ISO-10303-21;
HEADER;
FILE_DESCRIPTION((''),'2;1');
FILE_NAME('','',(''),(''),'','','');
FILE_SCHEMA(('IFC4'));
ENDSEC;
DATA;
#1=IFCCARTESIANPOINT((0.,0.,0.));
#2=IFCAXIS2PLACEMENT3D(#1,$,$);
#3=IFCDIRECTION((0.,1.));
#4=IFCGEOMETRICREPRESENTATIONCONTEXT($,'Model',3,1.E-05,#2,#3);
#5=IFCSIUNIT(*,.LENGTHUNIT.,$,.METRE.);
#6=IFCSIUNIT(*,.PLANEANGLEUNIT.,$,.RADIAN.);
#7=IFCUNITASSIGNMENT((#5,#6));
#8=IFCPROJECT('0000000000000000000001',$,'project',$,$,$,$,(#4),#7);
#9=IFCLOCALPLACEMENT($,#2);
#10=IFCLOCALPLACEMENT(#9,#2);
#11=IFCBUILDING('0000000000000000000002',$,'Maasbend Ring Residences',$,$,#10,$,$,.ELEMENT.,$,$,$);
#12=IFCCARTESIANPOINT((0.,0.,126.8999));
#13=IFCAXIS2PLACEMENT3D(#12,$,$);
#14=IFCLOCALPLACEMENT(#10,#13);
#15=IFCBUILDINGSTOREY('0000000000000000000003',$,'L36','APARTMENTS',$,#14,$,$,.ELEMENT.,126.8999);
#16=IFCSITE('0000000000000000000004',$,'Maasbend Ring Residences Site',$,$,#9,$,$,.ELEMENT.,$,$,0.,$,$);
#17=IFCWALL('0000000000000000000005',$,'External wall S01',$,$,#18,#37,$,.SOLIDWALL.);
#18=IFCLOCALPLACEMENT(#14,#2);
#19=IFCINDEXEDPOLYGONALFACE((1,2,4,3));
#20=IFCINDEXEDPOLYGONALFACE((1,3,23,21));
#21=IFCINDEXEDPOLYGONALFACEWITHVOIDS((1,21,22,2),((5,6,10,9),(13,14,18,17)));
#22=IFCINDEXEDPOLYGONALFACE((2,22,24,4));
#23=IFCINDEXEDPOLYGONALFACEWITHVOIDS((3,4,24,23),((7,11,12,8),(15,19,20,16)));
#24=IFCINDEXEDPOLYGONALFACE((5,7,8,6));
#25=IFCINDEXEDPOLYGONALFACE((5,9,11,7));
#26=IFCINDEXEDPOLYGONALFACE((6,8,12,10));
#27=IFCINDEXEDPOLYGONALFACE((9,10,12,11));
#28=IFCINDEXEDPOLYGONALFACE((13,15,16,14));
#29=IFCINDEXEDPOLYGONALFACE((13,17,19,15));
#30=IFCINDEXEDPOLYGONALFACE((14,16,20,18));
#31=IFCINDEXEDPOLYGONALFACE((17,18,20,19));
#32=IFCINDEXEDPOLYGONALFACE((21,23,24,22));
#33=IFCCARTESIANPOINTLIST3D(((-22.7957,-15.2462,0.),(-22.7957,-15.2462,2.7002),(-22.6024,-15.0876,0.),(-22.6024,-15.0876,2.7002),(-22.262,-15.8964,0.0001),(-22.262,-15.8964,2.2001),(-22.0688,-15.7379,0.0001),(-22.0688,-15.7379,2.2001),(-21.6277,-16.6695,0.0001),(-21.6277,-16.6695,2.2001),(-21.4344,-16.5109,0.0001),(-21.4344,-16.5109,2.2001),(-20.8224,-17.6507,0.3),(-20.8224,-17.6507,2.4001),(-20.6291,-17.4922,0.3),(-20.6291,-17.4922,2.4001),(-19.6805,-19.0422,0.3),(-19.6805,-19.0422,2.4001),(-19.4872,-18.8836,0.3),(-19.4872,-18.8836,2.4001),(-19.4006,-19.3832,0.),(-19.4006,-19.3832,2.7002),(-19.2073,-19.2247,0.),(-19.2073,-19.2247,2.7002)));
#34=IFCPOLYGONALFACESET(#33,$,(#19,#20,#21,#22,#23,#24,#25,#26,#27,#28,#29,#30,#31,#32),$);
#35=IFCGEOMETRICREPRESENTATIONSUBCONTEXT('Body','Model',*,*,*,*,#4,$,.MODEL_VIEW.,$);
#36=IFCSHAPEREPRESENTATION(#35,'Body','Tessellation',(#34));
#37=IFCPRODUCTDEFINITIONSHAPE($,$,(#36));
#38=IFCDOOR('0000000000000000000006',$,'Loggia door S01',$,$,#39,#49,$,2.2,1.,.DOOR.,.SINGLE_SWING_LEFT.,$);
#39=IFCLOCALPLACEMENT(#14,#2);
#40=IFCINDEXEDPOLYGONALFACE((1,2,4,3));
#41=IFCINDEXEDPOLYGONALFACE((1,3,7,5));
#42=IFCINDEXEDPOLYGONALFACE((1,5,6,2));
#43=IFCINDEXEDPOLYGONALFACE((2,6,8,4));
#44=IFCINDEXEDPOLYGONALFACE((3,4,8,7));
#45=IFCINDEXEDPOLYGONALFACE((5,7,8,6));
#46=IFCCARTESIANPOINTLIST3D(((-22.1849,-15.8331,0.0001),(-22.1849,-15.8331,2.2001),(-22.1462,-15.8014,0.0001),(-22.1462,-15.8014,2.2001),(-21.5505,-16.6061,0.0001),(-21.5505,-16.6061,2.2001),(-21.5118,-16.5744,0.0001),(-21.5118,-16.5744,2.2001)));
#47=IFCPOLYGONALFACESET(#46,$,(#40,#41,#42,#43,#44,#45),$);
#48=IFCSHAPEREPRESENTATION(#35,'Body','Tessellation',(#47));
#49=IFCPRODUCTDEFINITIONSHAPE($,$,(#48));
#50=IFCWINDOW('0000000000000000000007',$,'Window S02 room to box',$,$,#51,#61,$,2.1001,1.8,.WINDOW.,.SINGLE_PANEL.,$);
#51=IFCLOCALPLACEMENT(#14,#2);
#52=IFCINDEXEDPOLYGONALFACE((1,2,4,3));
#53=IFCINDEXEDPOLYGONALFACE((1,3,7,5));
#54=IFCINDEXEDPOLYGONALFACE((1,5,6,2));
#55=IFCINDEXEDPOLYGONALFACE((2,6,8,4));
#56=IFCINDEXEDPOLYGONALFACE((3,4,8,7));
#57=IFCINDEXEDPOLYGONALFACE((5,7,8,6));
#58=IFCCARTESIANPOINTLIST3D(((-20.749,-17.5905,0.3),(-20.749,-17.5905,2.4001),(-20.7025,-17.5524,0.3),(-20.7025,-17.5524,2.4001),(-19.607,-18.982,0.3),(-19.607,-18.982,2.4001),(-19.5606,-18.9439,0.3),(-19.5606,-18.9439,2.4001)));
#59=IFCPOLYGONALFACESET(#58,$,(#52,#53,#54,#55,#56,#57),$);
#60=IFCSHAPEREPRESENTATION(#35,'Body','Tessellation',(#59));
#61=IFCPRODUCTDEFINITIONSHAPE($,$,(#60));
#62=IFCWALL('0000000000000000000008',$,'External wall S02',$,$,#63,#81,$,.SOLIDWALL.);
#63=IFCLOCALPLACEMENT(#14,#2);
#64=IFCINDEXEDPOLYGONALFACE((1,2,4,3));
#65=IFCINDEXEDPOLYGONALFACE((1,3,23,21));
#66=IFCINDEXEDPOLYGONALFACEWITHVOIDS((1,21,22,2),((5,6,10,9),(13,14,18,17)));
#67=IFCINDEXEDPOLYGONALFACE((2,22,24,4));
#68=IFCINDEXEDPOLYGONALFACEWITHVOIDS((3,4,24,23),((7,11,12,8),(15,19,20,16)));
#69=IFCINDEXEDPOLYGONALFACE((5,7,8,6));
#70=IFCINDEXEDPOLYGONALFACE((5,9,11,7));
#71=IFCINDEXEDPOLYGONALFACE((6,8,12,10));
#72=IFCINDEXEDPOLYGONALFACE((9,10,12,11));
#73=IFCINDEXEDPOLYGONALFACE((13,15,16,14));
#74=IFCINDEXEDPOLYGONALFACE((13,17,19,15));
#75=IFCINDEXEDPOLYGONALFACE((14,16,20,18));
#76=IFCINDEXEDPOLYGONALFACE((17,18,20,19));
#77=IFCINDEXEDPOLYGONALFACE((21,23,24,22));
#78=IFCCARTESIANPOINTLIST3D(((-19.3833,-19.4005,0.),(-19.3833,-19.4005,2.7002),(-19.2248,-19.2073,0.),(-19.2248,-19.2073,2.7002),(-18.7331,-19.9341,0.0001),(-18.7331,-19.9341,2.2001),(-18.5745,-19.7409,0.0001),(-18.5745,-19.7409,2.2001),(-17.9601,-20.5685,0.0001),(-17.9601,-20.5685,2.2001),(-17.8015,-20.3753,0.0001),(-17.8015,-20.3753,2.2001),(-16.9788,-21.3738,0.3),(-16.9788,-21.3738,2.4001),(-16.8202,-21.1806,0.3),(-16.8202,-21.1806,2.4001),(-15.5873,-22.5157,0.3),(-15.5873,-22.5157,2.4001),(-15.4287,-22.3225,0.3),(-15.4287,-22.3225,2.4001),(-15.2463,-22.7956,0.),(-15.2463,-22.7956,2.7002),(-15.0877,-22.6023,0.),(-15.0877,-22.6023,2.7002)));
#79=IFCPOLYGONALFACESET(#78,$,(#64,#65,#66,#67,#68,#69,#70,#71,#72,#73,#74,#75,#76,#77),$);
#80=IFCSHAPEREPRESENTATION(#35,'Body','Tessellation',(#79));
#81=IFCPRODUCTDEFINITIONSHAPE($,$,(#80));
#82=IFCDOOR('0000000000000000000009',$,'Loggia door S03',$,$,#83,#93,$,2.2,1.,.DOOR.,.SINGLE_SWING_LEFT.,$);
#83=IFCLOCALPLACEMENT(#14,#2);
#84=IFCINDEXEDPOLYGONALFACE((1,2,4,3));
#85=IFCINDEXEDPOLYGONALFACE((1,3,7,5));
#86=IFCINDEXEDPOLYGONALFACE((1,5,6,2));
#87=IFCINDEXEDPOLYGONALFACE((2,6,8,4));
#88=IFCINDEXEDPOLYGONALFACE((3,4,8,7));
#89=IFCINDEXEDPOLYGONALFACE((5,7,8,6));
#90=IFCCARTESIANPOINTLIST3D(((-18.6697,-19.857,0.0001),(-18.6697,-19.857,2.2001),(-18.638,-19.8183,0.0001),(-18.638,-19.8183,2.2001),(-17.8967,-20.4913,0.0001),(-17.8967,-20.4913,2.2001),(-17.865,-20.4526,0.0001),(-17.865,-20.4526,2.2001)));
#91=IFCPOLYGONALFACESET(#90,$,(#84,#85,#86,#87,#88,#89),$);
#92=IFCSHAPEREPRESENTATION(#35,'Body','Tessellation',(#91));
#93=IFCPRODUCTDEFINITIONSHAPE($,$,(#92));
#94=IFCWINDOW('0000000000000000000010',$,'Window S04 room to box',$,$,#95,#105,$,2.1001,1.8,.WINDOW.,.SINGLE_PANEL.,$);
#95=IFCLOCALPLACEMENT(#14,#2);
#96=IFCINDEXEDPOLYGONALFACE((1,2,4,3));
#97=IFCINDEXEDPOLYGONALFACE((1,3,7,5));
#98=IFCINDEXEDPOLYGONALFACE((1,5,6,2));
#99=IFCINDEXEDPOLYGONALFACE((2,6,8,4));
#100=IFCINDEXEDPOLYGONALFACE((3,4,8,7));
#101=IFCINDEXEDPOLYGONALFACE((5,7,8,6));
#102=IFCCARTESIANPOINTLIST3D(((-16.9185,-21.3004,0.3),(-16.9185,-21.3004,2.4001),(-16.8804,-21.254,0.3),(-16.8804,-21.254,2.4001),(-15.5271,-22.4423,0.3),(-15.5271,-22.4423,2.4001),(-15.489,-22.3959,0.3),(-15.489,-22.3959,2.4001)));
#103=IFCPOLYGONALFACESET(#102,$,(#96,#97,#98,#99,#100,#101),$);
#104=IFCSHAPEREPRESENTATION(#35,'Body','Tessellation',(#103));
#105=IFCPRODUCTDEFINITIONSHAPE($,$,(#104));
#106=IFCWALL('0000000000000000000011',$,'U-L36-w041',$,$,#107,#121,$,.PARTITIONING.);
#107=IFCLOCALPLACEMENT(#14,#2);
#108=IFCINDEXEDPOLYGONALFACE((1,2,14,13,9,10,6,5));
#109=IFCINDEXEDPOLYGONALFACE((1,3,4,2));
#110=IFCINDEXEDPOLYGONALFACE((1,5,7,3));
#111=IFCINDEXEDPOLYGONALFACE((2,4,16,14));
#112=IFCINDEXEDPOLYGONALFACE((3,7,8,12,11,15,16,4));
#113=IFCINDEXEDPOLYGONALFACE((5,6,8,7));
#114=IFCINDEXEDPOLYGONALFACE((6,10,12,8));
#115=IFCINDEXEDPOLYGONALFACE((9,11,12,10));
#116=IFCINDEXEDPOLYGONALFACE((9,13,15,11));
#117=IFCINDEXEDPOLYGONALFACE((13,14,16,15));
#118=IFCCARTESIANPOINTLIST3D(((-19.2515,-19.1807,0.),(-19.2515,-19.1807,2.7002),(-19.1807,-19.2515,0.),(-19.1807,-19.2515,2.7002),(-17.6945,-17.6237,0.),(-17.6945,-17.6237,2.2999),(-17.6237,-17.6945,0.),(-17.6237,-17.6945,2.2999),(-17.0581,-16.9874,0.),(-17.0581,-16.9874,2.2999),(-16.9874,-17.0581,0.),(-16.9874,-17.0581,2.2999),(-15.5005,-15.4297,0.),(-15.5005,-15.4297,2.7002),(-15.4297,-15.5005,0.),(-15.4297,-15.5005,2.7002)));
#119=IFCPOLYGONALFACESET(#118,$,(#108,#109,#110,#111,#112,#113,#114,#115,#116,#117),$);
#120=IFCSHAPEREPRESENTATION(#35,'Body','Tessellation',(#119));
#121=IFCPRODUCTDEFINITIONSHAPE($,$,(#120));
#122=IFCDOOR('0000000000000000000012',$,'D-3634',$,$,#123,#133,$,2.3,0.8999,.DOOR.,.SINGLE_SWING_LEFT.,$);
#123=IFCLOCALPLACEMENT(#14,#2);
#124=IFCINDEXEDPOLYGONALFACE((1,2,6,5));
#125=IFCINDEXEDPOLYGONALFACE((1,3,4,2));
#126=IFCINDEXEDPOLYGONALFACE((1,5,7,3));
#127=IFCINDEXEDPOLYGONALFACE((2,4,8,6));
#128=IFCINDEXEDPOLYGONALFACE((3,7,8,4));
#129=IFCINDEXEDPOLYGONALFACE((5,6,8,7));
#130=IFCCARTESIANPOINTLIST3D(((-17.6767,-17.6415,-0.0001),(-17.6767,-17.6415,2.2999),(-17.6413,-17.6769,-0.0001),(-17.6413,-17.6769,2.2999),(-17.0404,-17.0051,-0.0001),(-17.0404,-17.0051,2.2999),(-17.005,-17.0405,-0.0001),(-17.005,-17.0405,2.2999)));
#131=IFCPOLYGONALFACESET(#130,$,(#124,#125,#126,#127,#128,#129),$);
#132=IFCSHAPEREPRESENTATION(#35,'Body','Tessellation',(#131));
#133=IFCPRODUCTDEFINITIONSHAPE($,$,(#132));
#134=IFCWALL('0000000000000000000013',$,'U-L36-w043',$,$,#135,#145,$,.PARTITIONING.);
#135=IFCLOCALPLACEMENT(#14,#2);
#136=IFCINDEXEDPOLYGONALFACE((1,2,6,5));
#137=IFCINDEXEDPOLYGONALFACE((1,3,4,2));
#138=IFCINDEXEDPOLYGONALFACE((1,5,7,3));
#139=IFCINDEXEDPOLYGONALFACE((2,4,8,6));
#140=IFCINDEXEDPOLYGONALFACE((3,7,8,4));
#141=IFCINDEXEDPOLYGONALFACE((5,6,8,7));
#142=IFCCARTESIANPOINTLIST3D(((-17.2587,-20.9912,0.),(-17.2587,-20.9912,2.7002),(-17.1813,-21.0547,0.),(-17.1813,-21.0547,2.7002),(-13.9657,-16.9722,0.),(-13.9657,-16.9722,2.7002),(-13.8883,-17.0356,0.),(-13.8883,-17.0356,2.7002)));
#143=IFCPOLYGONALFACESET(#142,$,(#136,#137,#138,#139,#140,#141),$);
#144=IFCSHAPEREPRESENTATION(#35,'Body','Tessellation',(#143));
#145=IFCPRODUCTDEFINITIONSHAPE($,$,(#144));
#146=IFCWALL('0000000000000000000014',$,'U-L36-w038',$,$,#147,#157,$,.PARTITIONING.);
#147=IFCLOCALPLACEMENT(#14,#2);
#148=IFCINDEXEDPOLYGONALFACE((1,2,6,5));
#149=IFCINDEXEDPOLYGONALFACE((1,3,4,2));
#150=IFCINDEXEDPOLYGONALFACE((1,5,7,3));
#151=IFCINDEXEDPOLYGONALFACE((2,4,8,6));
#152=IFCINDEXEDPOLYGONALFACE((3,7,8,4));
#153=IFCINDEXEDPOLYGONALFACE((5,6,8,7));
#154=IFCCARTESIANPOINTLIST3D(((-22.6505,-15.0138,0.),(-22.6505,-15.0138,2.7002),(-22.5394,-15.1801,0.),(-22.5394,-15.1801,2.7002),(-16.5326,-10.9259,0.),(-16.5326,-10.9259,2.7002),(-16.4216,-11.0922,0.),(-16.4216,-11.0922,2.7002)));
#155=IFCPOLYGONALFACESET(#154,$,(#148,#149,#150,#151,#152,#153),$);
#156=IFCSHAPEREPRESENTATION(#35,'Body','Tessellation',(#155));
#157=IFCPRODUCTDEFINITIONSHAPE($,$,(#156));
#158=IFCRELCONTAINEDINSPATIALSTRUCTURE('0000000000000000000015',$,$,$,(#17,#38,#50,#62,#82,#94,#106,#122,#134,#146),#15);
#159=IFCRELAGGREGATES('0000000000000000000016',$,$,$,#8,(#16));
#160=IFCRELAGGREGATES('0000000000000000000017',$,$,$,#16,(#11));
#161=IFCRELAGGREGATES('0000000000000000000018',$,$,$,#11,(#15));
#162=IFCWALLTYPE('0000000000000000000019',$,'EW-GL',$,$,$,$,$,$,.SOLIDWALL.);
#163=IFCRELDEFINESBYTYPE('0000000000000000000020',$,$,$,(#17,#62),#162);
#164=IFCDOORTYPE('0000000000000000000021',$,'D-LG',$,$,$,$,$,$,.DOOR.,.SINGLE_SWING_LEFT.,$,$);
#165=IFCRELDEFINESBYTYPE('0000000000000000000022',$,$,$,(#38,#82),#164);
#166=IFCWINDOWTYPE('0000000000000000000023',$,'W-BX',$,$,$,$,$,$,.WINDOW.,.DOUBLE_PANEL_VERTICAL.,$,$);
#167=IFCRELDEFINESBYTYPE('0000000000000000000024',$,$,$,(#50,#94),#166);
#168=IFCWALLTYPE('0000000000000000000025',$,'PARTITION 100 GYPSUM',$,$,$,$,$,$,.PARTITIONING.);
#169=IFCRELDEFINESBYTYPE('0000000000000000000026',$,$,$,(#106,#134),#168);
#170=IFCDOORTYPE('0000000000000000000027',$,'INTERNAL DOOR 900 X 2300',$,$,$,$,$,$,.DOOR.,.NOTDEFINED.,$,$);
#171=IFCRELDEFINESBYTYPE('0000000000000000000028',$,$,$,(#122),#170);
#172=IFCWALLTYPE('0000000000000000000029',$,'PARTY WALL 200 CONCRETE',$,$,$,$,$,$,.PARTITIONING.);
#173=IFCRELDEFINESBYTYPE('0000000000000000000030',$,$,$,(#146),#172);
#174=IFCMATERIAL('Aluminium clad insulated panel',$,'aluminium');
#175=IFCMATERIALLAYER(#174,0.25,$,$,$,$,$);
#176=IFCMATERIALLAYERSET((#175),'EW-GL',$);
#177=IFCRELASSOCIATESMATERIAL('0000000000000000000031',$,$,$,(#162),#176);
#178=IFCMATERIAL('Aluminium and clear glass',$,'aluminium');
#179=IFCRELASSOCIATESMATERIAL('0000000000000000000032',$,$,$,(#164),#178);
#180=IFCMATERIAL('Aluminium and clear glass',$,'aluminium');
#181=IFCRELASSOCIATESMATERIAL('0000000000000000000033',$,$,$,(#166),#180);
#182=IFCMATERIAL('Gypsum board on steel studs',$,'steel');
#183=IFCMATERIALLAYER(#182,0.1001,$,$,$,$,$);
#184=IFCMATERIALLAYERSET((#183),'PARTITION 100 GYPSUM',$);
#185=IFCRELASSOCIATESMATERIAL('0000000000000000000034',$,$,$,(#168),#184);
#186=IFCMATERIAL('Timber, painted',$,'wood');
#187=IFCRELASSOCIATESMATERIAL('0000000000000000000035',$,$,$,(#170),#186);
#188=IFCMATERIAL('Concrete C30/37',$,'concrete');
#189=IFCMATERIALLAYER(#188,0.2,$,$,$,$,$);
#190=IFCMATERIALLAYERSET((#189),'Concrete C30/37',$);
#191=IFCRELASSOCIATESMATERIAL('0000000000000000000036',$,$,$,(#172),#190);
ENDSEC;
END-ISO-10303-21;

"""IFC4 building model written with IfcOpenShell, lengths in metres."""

from ifc_helpers import new_model, si_unit, direction, frame, frame_2d, origin, place, context, subcontext, project, spatial, rectangle, extrude, material, layer, layer_set, type_object, element, fill, save


model = new_model("IFC4")

# Units and contexts
model_context = context("Model", 3, precision=1e-05, world=origin(), true_north=direction((0.0, 1.0)))
body_context = subcontext(model_context, "Body", "Model", "MODEL_VIEW")
ifc_project = project(units=[si_unit("LENGTHUNIT", "METRE"), si_unit("PLANEANGLEUNIT", "RADIAN")], contexts=[model_context])

# Site, building, storey
site_placement = place(None, origin())
site = spatial("IfcSite", under=ifc_project, at=site_placement, Name="Maasbend Ring Residences Site", CompositionType="ELEMENT", RefElevation=0.0)
building_placement = place(site_placement, origin())
building = spatial("IfcBuilding", under=site, at=building_placement, Name="Maasbend Ring Residences", CompositionType="ELEMENT")
storey_placement = place(building_placement, frame((0.0, 0.0, 126.8999)))
storey = spatial("IfcBuildingStorey", under=building, at=storey_placement, Name="L36", Description="APARTMENTS", CompositionType="ELEMENT", Elevation=126.8999)

# Walls, openings, doors, windows
ifc_material_1 = material(Name="Aluminium clad insulated panel", Category="aluminium")
ifc_layer_1 = layer(ifc_material_1, 0.25)
ifc_layer_set_1 = layer_set([ifc_layer_1], Name="EW-GL")
wall_type_1 = type_object("IfcWallType", Name="EW-GL", PredefinedType="SOLIDWALL", material=ifc_layer_set_1)
wall_1_placement = place(storey_placement, frame((-22.699, -15.167, 0.0), z_axis=(0.0, 0.0, 1.0), x_axis=(0.634382, -0.773019, 0.0)))
wall_1 = element("IfcWall", 1, at=wall_1_placement, inside=storey, type_object=wall_type_1, Name="External wall S01", PredefinedType="SOLIDWALL", context=body_context, shape_type="SweptSolid", body=[
    extrude(rectangle(XDim=5.3518, YDim=0.25, at=frame_2d((2.6758, 0.0))), origin(), (0.0, 0.0, 1.0), 2.7002),
])
opening_1_placement = place(wall_1_placement, frame((0.8411, 0.0, 0.0)))
opening_1 = element("IfcOpeningElement", 2, at=opening_1_placement, cuts=wall_1, PredefinedType="OPENING", context=body_context, shape_type="SweptSolid", body=[
    extrude(rectangle(XDim=1.0, YDim=2.2, at=frame_2d((0.5, 1.1001))), frame((0.0, 0.135, 0.0), z_axis=(0.0, -1.0, 0.0), x_axis=(1.0, 0.0, 0.0)), (0.0, 0.0, 1.0), 0.27),
])
opening_2_placement = place(wall_1_placement, frame((3.1106, 0.0, 0.3)))
opening_2 = element("IfcOpeningElement", 3, at=opening_2_placement, cuts=wall_1, PredefinedType="OPENING", context=body_context, shape_type="SweptSolid", body=[
    extrude(rectangle(XDim=1.8, YDim=2.1001, at=frame_2d((0.8999, 1.05))), frame((0.0, 0.135, 0.0), z_axis=(0.0, -1.0, 0.0), x_axis=(1.0, 0.0, 0.0)), (0.0, 0.0, 1.0), 0.27),
])
ifc_material_2 = material(Name="Aluminium and clear glass", Category="aluminium")
door_type_1 = type_object("IfcDoorType", Name="D-LG", OperationType="SINGLE_SWING_LEFT", PredefinedType="DOOR", material=ifc_material_2)
door_1_placement = place(opening_1_placement, origin())
door_1 = element("IfcDoor", 4, at=door_1_placement, inside=storey, type_object=door_type_1, Name="Loggia door S01", OperationType="SINGLE_SWING_LEFT", OverallHeight=2.2, OverallWidth=1.0, PredefinedType="DOOR", context=body_context, shape_type="SweptSolid", body=[
    extrude(rectangle(XDim=1.0, YDim=2.2, at=frame_2d((0.5, 1.1001))), frame((0.0, 0.0249, 0.0), z_axis=(0.0, -1.0, 0.0), x_axis=(1.0, 0.0, 0.0)), (0.0, 0.0, 1.0), 0.05),
])
fill(opening_1, door_1)
ifc_material_3 = material(Name="Aluminium and clear glass", Category="aluminium")
window_type_1 = type_object("IfcWindowType", Name="W-BX", PartitioningType="DOUBLE_PANEL_VERTICAL", PredefinedType="WINDOW", material=ifc_material_3)
window_1_placement = place(opening_2_placement, origin())
window_1 = element("IfcWindow", 5, at=window_1_placement, inside=storey, type_object=window_type_1, Name="Window S02 room to box", OverallHeight=2.1001, OverallWidth=1.8, PartitioningType="SINGLE_PANEL", PredefinedType="WINDOW", context=body_context, shape_type="SweptSolid", body=[
    extrude(rectangle(XDim=1.8, YDim=2.1001, at=frame_2d((0.8999, 1.05))), frame((0.0, 0.03, 0.0), z_axis=(0.0, -1.0, 0.0), x_axis=(1.0, 0.0, 0.0)), (0.0, 0.0, 1.0), 0.0601),
])
fill(opening_2, window_1)
wall_2_placement = place(storey_placement, frame((-19.304, -19.304, 0.0), z_axis=(0.0, 0.0, 1.0), x_axis=(0.773019, -0.634382, 0.0)))
wall_2 = element("IfcWall", 6, at=wall_2_placement, inside=storey, type_object=wall_type_1, Name="External wall S02", PredefinedType="SOLIDWALL", context=body_context, shape_type="SweptSolid", body=[
    extrude(rectangle(XDim=5.3518, YDim=0.25, at=frame_2d((2.6758, 0.0))), origin(), (0.0, 0.0, 1.0), 2.7002),
])
opening_3_placement = place(wall_2_placement, frame((0.8411, 0.0, 0.0)))
opening_3 = element("IfcOpeningElement", 7, at=opening_3_placement, cuts=wall_2, PredefinedType="OPENING", context=body_context, shape_type="SweptSolid", body=[
    extrude(rectangle(XDim=1.0, YDim=2.2, at=frame_2d((0.5, 1.1001))), frame((0.0, 0.135, 0.0), z_axis=(0.0, -1.0, 0.0), x_axis=(1.0, 0.0, 0.0)), (0.0, 0.0, 1.0), 0.27),
])
opening_4_placement = place(wall_2_placement, frame((3.1106, 0.0, 0.3)))
opening_4 = element("IfcOpeningElement", 8, at=opening_4_placement, cuts=wall_2, PredefinedType="OPENING", context=body_context, shape_type="SweptSolid", body=[
    extrude(rectangle(XDim=1.8, YDim=2.1001, at=frame_2d((0.8999, 1.05))), frame((0.0, 0.135, 0.0), z_axis=(0.0, -1.0, 0.0), x_axis=(1.0, 0.0, 0.0)), (0.0, 0.0, 1.0), 0.27),
])
door_2_placement = place(opening_3_placement, origin())
door_2 = element("IfcDoor", 9, at=door_2_placement, inside=storey, type_object=door_type_1, Name="Loggia door S03", OperationType="SINGLE_SWING_LEFT", OverallHeight=2.2, OverallWidth=1.0, PredefinedType="DOOR", context=body_context, shape_type="SweptSolid", body=[
    extrude(rectangle(XDim=1.0, YDim=2.2, at=frame_2d((0.5, 1.1001))), frame((0.0, 0.0249, 0.0), z_axis=(0.0, -1.0, 0.0), x_axis=(1.0, 0.0, 0.0)), (0.0, 0.0, 1.0), 0.05),
])
fill(opening_3, door_2)
window_2_placement = place(opening_4_placement, origin())
window_2 = element("IfcWindow", 10, at=window_2_placement, inside=storey, type_object=window_type_1, Name="Window S04 room to box", OverallHeight=2.1001, OverallWidth=1.8, PartitioningType="SINGLE_PANEL", PredefinedType="WINDOW", context=body_context, shape_type="SweptSolid", body=[
    extrude(rectangle(XDim=1.8, YDim=2.1001, at=frame_2d((0.8999, 1.05))), frame((0.0, 0.03, 0.0), z_axis=(0.0, -1.0, 0.0), x_axis=(1.0, 0.0, 0.0)), (0.0, 0.0, 1.0), 0.0601),
])
fill(opening_4, window_2)

# Wall, opening, door
ifc_material_4 = material(Name="Gypsum board on steel studs", Category="steel")
ifc_layer_2 = layer(ifc_material_4, 0.1001)
ifc_layer_set_2 = layer_set([ifc_layer_2], Name="PARTITION 100 GYPSUM")
wall_type_2 = type_object("IfcWallType", Name="PARTITION 100 GYPSUM", PredefinedType="PARTITIONING", material=ifc_layer_set_2)
wall_3_placement = place(storey_placement, frame((-19.2161, -19.2161, 0.0), z_axis=(0.0, 0.0, 1.0), x_axis=(0.707107, 0.707107, 0.0)))
wall_3 = element("IfcWall", 11, at=wall_3_placement, inside=storey, type_object=wall_type_2, Name="U-L36-w041", PredefinedType="PARTITIONING", context=body_context, shape_type="SweptSolid", body=[
    extrude(rectangle(XDim=5.3047, YDim=0.1001, at=frame_2d((2.6523, 0.0))), origin(), (0.0, 0.0, 1.0), 2.7002),
])
opening_5_placement = place(wall_3_placement, frame((2.2019, 0.0, 0.0)))
opening_5 = element("IfcOpeningElement", 12, at=opening_5_placement, cuts=wall_3, PredefinedType="OPENING", context=body_context, shape_type="SweptSolid", body=[
    extrude(rectangle(XDim=0.8999, YDim=2.3, at=frame_2d((0.45, 1.1499))), frame((0.0, 0.0601, 0.0), z_axis=(0.0, -1.0, 0.0), x_axis=(1.0, 0.0, 0.0)), (0.0, 0.0, 1.0), 0.1201),
])
ifc_material_5 = material(Name="Timber, painted", Category="wood")
door_type_2 = type_object("IfcDoorType", Name="INTERNAL DOOR 900 X 2300", OperationType="NOTDEFINED", PredefinedType="DOOR", material=ifc_material_5)
door_3_placement = place(opening_5_placement, origin())
door_3 = element("IfcDoor", 13, at=door_3_placement, inside=storey, type_object=door_type_2, Name="D-3634", OperationType="SINGLE_SWING_LEFT", OverallHeight=2.3, OverallWidth=0.8999, PredefinedType="DOOR", context=body_context, shape_type="SweptSolid", body=[
    extrude(rectangle(XDim=0.8999, YDim=2.3, at=frame_2d((0.45, 1.1499))), frame((0.0, 0.0249, 0.0), z_axis=(0.0, -1.0, 0.0), x_axis=(1.0, 0.0, 0.0)), (0.0, 0.0, 1.0), 0.05),
])
fill(opening_5, door_3)

# Walls
wall_4_placement = place(storey_placement, frame((-17.22, -21.0229, 0.0), z_axis=(0.0, 0.0, 1.0), x_axis=(0.633775, 0.773517, 0.0)))
element("IfcWall", 14, at=wall_4_placement, inside=storey, type_object=wall_type_2, Name="U-L36-w043", PredefinedType="PARTITIONING", context=body_context, shape_type="SweptSolid", body=[
    extrude(rectangle(XDim=5.1958, YDim=0.1001, at=frame_2d((2.5979, 0.0))), origin(), (0.0, 0.0, 1.0), 2.7002),
])
ifc_material_6 = material(Name="Concrete C30/37", Category="concrete")
ifc_layer_3 = layer(ifc_material_6, 0.2)
ifc_layer_set_3 = layer_set([ifc_layer_3], Name="Concrete C30/37")
wall_type_3 = type_object("IfcWallType", Name="PARTY WALL 200 CONCRETE", PredefinedType="PARTITIONING", material=ifc_layer_set_3)
wall_5_placement = place(storey_placement, frame((-22.595, -15.0969, 0.0), z_axis=(0.0, 0.0, 1.0), x_axis=(0.831468, 0.555573, 0.0)))
element("IfcWall", 15, at=wall_5_placement, inside=storey, type_object=wall_type_3, Name="U-L36-w038", PredefinedType="PARTITIONING", context=body_context, shape_type="SweptSolid", body=[
    extrude(rectangle(XDim=7.3579, YDim=0.2, at=frame_2d((3.679, 0.0))), origin(), (0.0, 0.0, 1.0), 2.7002),
])

save(model, "model.ifc")
